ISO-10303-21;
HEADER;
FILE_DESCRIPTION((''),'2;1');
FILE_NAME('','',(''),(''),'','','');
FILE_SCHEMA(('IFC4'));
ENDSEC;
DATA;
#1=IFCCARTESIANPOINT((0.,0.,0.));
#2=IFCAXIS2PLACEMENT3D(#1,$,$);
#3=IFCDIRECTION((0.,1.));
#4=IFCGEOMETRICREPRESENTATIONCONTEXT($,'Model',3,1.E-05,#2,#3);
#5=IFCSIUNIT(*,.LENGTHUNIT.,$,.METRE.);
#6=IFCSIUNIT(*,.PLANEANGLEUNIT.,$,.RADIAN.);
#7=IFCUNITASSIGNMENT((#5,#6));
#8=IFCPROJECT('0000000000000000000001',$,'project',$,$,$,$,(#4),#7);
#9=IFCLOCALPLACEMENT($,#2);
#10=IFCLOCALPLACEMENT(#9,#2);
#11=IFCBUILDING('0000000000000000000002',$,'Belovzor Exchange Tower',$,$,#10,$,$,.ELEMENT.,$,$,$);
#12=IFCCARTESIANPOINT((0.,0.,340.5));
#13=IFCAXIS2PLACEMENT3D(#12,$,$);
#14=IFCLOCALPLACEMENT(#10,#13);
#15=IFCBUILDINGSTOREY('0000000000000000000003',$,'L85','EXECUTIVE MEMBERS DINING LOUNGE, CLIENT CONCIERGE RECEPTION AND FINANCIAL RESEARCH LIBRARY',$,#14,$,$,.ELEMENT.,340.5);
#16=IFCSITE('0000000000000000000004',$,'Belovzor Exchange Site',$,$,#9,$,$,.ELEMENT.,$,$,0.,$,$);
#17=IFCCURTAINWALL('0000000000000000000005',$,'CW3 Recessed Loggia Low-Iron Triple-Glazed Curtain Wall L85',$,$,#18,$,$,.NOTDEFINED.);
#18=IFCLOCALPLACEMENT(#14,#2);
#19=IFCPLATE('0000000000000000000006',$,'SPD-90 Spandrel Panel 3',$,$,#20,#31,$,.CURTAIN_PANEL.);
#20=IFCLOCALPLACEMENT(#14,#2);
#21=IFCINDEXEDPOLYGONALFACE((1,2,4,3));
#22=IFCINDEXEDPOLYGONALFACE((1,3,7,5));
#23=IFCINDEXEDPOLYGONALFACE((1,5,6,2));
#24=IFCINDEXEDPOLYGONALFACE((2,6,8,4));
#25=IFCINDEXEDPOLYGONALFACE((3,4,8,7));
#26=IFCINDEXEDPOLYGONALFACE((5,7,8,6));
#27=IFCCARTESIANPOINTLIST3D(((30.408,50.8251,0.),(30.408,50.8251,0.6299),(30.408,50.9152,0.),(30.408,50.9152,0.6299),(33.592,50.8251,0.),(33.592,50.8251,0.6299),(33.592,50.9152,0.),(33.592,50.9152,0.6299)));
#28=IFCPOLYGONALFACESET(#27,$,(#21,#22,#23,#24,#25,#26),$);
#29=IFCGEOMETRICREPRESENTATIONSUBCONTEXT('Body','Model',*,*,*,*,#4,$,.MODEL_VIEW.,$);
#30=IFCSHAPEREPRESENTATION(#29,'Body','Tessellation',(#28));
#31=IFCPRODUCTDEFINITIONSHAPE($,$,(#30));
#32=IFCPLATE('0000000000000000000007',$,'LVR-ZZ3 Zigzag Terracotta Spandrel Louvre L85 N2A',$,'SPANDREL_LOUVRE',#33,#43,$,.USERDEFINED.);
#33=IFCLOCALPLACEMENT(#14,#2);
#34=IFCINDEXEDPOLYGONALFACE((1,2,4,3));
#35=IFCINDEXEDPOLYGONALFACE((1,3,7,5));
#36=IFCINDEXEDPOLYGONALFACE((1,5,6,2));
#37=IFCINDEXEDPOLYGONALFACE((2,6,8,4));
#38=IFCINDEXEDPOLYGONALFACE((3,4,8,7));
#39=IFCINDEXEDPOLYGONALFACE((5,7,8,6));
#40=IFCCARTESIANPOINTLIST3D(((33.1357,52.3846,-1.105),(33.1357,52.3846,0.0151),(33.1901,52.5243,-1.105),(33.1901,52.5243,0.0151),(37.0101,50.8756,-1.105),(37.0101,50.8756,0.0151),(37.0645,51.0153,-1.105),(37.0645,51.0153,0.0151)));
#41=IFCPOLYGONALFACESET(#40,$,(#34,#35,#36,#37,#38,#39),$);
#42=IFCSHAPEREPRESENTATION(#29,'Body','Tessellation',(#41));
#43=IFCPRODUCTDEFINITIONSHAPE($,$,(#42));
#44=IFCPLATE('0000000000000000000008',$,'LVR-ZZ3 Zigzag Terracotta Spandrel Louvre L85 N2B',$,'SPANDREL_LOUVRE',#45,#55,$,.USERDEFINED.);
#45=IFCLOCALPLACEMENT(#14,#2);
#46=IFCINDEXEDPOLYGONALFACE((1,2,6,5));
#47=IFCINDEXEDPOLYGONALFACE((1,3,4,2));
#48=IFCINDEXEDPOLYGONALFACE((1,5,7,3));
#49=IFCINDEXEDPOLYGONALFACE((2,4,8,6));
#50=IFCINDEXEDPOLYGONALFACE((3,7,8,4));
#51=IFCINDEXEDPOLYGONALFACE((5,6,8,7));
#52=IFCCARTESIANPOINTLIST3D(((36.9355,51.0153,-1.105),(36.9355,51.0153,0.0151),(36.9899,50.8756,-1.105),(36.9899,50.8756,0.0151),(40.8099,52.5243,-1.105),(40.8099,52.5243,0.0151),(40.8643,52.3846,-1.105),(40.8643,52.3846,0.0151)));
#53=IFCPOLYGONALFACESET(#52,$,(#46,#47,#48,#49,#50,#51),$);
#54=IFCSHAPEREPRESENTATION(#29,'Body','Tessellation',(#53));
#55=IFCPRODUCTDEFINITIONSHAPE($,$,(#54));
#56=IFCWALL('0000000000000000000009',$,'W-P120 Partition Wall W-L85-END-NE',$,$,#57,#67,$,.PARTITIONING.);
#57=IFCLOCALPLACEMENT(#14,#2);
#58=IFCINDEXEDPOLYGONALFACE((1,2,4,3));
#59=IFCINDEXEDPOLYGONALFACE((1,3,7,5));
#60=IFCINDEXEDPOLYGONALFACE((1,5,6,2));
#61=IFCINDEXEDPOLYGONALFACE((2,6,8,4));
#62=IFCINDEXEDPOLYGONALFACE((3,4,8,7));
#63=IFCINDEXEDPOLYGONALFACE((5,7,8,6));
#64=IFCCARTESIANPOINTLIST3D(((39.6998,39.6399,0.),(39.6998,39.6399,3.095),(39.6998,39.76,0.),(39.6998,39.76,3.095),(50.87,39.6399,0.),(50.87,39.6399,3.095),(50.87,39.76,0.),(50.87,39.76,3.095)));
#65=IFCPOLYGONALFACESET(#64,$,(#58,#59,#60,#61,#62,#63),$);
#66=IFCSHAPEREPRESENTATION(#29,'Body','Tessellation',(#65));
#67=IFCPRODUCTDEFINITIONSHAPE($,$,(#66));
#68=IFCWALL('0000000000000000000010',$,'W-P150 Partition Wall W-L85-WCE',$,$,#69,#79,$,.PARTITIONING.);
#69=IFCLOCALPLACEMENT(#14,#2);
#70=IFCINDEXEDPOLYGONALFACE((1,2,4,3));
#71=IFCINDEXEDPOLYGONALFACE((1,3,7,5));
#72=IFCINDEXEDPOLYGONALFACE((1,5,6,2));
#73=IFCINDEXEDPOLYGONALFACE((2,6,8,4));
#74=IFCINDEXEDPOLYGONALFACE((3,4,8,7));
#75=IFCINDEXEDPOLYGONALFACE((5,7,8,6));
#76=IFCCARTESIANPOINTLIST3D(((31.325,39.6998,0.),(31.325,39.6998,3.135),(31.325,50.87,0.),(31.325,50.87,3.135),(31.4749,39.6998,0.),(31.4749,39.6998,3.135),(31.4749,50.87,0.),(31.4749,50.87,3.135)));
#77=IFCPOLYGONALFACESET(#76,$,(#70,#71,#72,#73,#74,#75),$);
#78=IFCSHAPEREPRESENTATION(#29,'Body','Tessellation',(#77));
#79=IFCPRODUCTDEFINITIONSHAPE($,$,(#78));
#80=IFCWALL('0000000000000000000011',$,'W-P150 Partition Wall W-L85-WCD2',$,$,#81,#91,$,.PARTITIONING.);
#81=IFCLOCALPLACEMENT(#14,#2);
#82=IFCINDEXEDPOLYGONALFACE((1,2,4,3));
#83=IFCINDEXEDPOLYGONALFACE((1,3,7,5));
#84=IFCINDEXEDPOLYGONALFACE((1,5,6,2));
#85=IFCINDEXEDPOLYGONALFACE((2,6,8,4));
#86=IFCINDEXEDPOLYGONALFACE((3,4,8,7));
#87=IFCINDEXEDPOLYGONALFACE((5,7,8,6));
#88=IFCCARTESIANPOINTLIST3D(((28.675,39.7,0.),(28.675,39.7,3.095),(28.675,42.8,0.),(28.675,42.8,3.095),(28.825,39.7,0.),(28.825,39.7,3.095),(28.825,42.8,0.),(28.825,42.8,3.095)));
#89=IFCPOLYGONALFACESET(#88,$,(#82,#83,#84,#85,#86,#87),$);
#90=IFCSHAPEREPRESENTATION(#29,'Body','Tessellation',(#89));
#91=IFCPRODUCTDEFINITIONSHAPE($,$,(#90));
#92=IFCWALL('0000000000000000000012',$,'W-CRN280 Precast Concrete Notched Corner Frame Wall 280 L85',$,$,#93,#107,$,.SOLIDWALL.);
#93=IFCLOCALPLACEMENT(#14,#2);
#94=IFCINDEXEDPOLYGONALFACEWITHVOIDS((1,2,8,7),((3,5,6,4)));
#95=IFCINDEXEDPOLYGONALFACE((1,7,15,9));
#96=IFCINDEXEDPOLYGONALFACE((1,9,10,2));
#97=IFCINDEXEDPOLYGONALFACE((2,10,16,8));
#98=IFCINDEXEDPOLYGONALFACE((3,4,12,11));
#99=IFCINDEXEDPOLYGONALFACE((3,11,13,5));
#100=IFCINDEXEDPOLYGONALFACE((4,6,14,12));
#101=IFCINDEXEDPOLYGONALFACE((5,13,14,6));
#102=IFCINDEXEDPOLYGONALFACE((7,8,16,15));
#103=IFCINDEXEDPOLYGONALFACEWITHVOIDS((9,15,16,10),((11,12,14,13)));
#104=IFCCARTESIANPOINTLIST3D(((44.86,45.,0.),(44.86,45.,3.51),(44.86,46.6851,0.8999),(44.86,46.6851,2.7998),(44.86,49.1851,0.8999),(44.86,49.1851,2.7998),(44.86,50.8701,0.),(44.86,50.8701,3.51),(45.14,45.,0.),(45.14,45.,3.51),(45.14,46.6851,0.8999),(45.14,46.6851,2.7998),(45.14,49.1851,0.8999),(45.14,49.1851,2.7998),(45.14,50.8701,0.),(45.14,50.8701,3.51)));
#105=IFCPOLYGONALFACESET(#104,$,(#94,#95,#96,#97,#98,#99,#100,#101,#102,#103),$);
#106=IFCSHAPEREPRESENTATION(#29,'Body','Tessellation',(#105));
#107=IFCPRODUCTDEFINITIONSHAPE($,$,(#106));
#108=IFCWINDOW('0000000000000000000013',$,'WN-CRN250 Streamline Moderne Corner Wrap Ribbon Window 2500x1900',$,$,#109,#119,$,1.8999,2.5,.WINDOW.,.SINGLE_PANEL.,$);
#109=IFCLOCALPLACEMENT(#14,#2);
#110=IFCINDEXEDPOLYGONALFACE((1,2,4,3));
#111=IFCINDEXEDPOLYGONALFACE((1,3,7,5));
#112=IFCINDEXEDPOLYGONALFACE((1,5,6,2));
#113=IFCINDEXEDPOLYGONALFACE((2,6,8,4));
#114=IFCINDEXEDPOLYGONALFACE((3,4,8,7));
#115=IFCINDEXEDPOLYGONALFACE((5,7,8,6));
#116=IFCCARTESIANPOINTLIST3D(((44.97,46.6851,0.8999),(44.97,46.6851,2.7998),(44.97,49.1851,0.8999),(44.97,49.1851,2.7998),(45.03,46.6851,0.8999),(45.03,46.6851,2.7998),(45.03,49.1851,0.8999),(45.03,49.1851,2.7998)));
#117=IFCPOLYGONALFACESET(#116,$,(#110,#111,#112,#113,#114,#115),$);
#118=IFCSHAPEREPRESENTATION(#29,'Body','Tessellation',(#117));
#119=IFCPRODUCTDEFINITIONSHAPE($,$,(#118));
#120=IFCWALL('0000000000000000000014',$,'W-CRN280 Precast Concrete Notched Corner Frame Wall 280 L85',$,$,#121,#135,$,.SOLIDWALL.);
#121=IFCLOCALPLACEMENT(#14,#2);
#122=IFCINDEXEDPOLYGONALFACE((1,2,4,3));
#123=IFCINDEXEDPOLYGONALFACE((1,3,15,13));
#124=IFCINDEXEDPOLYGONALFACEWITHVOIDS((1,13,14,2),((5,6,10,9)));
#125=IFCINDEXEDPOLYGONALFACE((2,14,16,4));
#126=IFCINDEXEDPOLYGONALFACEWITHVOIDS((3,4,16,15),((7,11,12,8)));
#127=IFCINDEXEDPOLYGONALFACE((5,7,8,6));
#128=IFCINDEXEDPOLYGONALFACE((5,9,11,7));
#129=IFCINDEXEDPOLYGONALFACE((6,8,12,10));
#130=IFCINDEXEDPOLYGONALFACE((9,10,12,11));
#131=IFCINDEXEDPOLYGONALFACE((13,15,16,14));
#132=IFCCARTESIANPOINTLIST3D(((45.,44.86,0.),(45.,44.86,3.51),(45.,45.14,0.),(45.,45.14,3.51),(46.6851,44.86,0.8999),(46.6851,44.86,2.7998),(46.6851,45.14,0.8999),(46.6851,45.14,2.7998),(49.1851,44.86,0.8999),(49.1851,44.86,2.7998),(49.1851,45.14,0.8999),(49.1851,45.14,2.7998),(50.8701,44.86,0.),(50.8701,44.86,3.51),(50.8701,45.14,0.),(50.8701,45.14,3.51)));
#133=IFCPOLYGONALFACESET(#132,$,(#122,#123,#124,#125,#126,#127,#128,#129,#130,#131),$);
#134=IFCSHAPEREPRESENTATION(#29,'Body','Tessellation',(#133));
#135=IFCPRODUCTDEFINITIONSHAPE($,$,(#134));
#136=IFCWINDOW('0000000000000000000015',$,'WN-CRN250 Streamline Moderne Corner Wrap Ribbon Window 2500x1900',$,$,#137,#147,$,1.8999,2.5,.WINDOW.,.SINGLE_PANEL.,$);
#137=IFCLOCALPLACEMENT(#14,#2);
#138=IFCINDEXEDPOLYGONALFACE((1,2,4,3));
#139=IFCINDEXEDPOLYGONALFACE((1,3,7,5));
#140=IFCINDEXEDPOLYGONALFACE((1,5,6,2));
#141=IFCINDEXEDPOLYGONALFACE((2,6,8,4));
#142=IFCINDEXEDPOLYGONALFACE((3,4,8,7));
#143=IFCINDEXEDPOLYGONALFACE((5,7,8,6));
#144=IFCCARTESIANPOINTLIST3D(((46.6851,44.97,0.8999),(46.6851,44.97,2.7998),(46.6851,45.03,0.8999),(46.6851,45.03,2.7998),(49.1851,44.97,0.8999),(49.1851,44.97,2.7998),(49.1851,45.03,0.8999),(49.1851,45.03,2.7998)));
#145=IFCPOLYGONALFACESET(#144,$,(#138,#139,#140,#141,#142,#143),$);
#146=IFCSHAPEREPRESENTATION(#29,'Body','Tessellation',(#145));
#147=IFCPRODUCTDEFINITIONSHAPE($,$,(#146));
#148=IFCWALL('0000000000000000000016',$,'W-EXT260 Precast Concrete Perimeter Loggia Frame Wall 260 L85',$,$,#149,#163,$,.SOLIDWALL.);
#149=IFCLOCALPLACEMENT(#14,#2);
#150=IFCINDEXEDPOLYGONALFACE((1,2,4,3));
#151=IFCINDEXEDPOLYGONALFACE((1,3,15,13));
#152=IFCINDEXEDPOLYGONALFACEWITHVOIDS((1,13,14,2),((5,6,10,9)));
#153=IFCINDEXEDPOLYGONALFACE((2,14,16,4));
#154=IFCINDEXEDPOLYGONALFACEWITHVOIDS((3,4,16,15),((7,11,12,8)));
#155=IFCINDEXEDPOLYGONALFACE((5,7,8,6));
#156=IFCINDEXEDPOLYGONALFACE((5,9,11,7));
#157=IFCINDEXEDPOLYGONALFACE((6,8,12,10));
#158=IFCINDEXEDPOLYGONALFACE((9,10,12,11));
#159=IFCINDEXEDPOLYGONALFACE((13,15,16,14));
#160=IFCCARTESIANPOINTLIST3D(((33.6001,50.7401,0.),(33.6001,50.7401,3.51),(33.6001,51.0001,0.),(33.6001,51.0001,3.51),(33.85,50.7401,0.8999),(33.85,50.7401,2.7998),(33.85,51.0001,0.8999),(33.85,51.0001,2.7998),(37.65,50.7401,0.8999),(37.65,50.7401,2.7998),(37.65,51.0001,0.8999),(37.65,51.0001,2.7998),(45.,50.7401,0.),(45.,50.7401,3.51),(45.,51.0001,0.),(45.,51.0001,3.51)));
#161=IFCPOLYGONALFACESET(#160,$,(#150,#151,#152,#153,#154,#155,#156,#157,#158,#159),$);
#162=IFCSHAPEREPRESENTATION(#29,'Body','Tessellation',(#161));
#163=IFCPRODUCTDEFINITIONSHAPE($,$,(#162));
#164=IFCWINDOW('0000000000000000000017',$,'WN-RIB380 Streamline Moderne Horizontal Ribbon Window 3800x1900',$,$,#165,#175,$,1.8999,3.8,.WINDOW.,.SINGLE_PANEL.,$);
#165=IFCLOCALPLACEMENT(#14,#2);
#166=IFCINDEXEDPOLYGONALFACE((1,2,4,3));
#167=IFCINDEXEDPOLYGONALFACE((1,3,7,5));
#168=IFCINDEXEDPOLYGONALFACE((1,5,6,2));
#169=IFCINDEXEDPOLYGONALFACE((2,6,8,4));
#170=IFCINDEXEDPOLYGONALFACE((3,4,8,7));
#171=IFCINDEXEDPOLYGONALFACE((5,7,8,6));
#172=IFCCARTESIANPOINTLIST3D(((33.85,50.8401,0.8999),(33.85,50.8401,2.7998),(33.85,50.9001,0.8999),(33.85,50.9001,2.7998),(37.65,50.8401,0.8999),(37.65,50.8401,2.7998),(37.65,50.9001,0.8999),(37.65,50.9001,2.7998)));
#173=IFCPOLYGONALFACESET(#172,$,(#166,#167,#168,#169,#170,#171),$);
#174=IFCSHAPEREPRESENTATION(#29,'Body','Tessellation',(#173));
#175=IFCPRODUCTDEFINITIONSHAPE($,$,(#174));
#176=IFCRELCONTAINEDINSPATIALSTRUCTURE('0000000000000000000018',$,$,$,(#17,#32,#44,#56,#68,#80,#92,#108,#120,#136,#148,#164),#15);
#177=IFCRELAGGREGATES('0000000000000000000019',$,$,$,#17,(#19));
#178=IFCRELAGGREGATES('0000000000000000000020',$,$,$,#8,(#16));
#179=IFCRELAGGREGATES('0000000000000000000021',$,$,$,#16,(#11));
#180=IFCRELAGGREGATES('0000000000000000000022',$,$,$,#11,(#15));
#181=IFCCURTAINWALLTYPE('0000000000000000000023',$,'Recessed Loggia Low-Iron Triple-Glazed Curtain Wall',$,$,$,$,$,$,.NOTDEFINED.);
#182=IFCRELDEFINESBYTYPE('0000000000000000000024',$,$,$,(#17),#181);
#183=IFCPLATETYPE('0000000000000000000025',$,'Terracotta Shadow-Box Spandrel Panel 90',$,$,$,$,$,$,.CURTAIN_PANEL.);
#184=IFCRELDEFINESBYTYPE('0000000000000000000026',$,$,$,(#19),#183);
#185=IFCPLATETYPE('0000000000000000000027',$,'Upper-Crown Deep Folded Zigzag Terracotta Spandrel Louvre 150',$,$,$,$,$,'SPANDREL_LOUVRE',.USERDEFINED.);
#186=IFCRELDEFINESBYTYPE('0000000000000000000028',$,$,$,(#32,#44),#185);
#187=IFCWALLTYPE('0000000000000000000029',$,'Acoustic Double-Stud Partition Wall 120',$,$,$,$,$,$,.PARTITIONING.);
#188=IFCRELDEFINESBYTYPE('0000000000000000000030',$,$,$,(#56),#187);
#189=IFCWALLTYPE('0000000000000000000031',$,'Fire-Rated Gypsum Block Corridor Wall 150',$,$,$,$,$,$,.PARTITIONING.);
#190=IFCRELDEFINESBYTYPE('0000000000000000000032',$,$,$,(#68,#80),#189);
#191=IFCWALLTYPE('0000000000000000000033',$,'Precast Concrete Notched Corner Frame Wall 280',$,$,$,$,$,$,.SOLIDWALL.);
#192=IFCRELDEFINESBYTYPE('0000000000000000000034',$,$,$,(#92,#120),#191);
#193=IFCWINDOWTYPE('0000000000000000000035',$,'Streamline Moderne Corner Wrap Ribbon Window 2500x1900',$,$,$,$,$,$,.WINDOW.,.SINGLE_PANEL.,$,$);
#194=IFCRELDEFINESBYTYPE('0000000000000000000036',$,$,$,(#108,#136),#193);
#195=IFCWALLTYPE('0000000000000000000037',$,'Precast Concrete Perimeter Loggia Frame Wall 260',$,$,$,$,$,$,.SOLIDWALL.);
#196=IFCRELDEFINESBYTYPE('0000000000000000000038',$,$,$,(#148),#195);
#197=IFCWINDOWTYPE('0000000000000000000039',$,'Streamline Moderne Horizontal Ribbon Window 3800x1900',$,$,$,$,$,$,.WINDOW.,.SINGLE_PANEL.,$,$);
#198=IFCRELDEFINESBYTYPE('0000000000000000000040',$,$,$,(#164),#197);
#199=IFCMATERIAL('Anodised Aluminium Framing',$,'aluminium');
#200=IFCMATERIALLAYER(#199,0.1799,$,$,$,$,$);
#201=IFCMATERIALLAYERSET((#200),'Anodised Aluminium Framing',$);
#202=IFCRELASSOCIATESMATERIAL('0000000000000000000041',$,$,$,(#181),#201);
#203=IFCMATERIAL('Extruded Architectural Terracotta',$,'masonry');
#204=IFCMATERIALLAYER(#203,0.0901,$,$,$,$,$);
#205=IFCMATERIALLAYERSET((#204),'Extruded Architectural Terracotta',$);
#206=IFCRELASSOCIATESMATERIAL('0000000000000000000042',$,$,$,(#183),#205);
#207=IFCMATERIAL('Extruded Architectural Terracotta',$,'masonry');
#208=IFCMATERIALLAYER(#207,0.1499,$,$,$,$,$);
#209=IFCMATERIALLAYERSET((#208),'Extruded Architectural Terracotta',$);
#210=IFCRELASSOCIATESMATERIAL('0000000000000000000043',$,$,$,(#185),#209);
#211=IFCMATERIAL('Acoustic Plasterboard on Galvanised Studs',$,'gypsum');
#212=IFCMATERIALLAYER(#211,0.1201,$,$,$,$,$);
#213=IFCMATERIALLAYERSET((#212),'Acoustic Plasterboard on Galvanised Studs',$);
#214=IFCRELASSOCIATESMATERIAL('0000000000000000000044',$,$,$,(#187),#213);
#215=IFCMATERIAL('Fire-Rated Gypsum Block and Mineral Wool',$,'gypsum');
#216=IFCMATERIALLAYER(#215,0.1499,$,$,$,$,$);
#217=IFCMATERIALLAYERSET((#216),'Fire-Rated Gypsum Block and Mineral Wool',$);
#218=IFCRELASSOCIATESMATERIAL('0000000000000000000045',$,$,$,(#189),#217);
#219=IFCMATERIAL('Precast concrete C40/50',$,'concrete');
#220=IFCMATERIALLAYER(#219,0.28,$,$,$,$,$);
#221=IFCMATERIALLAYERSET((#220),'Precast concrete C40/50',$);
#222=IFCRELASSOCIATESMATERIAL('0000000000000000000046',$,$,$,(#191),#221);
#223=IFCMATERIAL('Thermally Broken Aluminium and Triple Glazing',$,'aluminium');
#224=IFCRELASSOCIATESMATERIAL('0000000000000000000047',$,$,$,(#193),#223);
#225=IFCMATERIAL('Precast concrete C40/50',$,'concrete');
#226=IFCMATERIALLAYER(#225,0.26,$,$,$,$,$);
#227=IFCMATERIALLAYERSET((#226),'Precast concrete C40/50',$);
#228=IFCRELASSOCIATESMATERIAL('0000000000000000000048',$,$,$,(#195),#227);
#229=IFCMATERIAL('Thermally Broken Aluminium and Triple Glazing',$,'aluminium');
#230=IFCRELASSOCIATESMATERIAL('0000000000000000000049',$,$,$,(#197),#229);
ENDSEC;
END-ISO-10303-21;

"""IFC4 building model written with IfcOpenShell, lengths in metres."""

from ifc_helpers import new_model, si_unit, direction, frame, frame_2d, origin, origin_2d, place, context, subcontext, project, spatial, rectangle, extrude, material, layer, layer_set, type_object, element, fill, aggregate, save


model = new_model("IFC4")

# Units and contexts
model_context = context("Model", 3, precision=1e-05, world=origin(), true_north=direction((0.0, 1.0)))
body_context = subcontext(model_context, "Body", "Model", "MODEL_VIEW")
ifc_project = project(units=[si_unit("LENGTHUNIT", "METRE"), si_unit("PLANEANGLEUNIT", "RADIAN")], contexts=[model_context])

# Site, building, storey
site_placement = place(None, origin())
site = spatial("IfcSite", under=ifc_project, at=site_placement, Name="Belovzor Exchange Site", CompositionType="ELEMENT", RefElevation=0.0)
building_placement = place(site_placement, origin())
building = spatial("IfcBuilding", under=site, at=building_placement, Name="Belovzor Exchange Tower", CompositionType="ELEMENT")
storey_placement = place(building_placement, frame((0.0, 0.0, 340.5)))
storey = spatial("IfcBuildingStorey", under=building, at=storey_placement, Name="L85", Description="EXECUTIVE MEMBERS DINING LOUNGE, CLIENT CONCIERGE RECEPTION AND FINANCIAL RESEARCH LIBRARY", CompositionType="ELEMENT", Elevation=340.5)

# Curtain wall
ifc_material_1 = material(Name="Anodised Aluminium Framing", Category="aluminium")
ifc_layer_1 = layer(ifc_material_1, 0.1799)
ifc_layer_set_1 = layer_set([ifc_layer_1], Name="Anodised Aluminium Framing")
curtain_wall_type = type_object("IfcCurtainWallType", Name="Recessed Loggia Low-Iron Triple-Glazed Curtain Wall", PredefinedType="NOTDEFINED", material=ifc_layer_set_1)
curtain_wall_placement = place(storey_placement, origin())
curtain_wall = element("IfcCurtainWall", 1, at=curtain_wall_placement, inside=storey, type_object=curtain_wall_type, Name="CW3 Recessed Loggia Low-Iron Triple-Glazed Curtain Wall L85", PredefinedType="NOTDEFINED")

# Plate
ifc_material_2 = material(Name="Extruded Architectural Terracotta", Category="masonry")
ifc_layer_2 = layer(ifc_material_2, 0.0901)
ifc_layer_set_2 = layer_set([ifc_layer_2], Name="Extruded Architectural Terracotta")
plate_type_1 = type_object("IfcPlateType", Name="Terracotta Shadow-Box Spandrel Panel 90", PredefinedType="CURTAIN_PANEL", material=ifc_layer_set_2)
plate_1_placement = place(storey_placement, frame((32.0, 50.8701, 0.0), z_axis=(0.0, 0.0, 1.0), x_axis=(1.0, 0.0, 0.0)))
plate_1 = element("IfcPlate", 2, at=plate_1_placement, type_object=plate_type_1, Name="SPD-90 Spandrel Panel 3", PredefinedType="CURTAIN_PANEL", context=body_context, shape_type="SweptSolid", body=[
    extrude(rectangle(XDim=3.1841, YDim=0.0901, at=origin_2d()), origin(), (0.0, 0.0, 1.0), 0.6299),
])
aggregate(curtain_wall, [plate_1])

# Plates
ifc_material_3 = material(Name="Extruded Architectural Terracotta", Category="masonry")
ifc_layer_3 = layer(ifc_material_3, 0.1499)
ifc_layer_set_3 = layer_set([ifc_layer_3], Name="Extruded Architectural Terracotta")
plate_type_2 = type_object("IfcPlateType", Name="Upper-Crown Deep Folded Zigzag Terracotta Spandrel Louvre 150", ElementType="SPANDREL_LOUVRE", PredefinedType="USERDEFINED", material=ifc_layer_set_3)
for number, where, z_axis, x_axis, name in (
    (3, (35.1001, 51.7, -1.105), (0.0, 0.0, 1.0), (0.931818, -0.362926, 0.0), "LVR-ZZ3 Zigzag Terracotta Spandrel Louvre L85 N2A"),
    (4, (38.8999, 51.7, -1.105), (0.0, 0.0, 1.0), (0.931818, 0.362926, 0.0), "LVR-ZZ3 Zigzag Terracotta Spandrel Louvre L85 N2B"),
):
    element("IfcPlate", number, at=place(storey_placement, frame(where, z_axis=z_axis, x_axis=x_axis)), inside=storey, type_object=plate_type_2, Name=name, ObjectType="SPANDREL_LOUVRE", PredefinedType="USERDEFINED", context=body_context, shape_type="SweptSolid", body=[
        extrude(rectangle(XDim=4.158, YDim=0.1499, at=origin_2d()), origin(), (0.0, 0.0, 1.0), 1.1201),
    ])

# Walls
ifc_material_4 = material(Name="Acoustic Plasterboard on Galvanised Studs", Category="gypsum")
ifc_layer_4 = layer(ifc_material_4, 0.1201)
ifc_layer_set_4 = layer_set([ifc_layer_4], Name="Acoustic Plasterboard on Galvanised Studs")
wall_type_1 = type_object("IfcWallType", Name="Acoustic Double-Stud Partition Wall 120", PredefinedType="PARTITIONING", material=ifc_layer_set_4)
wall_1_placement = place(storey_placement, frame((39.7, 39.7, 0.0), z_axis=(0.0, 0.0, 1.0), x_axis=(1.0, 0.0, 0.0)))
element("IfcWall", 5, at=wall_1_placement, inside=storey, type_object=wall_type_1, Name="W-P120 Partition Wall W-L85-END-NE", PredefinedType="PARTITIONING", context=body_context, shape_type="SweptSolid", body=[
    extrude(rectangle(XDim=11.1702, YDim=0.1201, at=frame_2d((5.585, 0.0))), origin(), (0.0, 0.0, 1.0), 3.095),
])
ifc_material_5 = material(Name="Fire-Rated Gypsum Block and Mineral Wool", Category="gypsum")
ifc_layer_5 = layer(ifc_material_5, 0.1499)
ifc_layer_set_5 = layer_set([ifc_layer_5], Name="Fire-Rated Gypsum Block and Mineral Wool")
wall_type_2 = type_object("IfcWallType", Name="Fire-Rated Gypsum Block Corridor Wall 150", PredefinedType="PARTITIONING", material=ifc_layer_set_5)
wall_2_placement = place(storey_placement, frame((31.3999, 39.7, 0.0), z_axis=(0.0, 0.0, 1.0), x_axis=(0.0, 1.0, 0.0)))
element("IfcWall", 6, at=wall_2_placement, inside=storey, type_object=wall_type_2, Name="W-P150 Partition Wall W-L85-WCE", PredefinedType="PARTITIONING", context=body_context, shape_type="SweptSolid", body=[
    extrude(rectangle(XDim=11.1702, YDim=0.1499, at=frame_2d((5.585, 0.0))), origin(), (0.0, 0.0, 1.0), 3.135),
])
wall_3_placement = place(storey_placement, frame((28.75, 39.7, 0.0), z_axis=(0.0, 0.0, 1.0), x_axis=(0.0, 1.0, 0.0)))
element("IfcWall", 7, at=wall_3_placement, inside=storey, type_object=wall_type_2, Name="W-P150 Partition Wall W-L85-WCD2", PredefinedType="PARTITIONING", context=body_context, shape_type="SweptSolid", body=[
    extrude(rectangle(XDim=3.1001, YDim=0.1499, at=frame_2d((1.55, 0.0))), origin(), (0.0, 0.0, 1.0), 3.095),
])

# Walls, openings, windows
ifc_material_6 = material(Name="Precast concrete C40/50", Category="concrete")
ifc_layer_6 = layer(ifc_material_6, 0.28)
ifc_layer_set_6 = layer_set([ifc_layer_6], Name="Precast concrete C40/50")
wall_type_3 = type_object("IfcWallType", Name="Precast Concrete Notched Corner Frame Wall 280", PredefinedType="SOLIDWALL", material=ifc_layer_set_6)
wall_4_placement = place(storey_placement, frame((45.0, 50.8701, 0.0), z_axis=(0.0, 0.0, 1.0), x_axis=(0.0, -1.0, 0.0)))
wall_4 = element("IfcWall", 8, at=wall_4_placement, inside=storey, type_object=wall_type_3, Name="W-CRN280 Precast Concrete Notched Corner Frame Wall 280 L85", PredefinedType="SOLIDWALL", context=body_context, shape_type="SweptSolid", body=[
    extrude(rectangle(XDim=5.8701, YDim=0.28, at=frame_2d((2.9351, 0.0))), origin(), (0.0, 0.0, 1.0), 3.51),
])
opening_1_placement = place(wall_4_placement, frame((1.6851, 0.0, 0.8999)))
opening_1 = element("IfcOpeningElement", 9, at=opening_1_placement, cuts=wall_4, PredefinedType="OPENING", context=body_context, shape_type="SweptSolid", body=[
    extrude(rectangle(XDim=2.5, YDim=1.8999, at=frame_2d((1.25, 0.95))), frame((0.0, 0.1499, 0.0), z_axis=(0.0, -1.0, 0.0), x_axis=(1.0, 0.0, 0.0)), (0.0, 0.0, 1.0), 0.3),
])
ifc_material_7 = material(Name="Thermally Broken Aluminium and Triple Glazing", Category="aluminium")
window_type_1 = type_object("IfcWindowType", Name="Streamline Moderne Corner Wrap Ribbon Window 2500x1900", PartitioningType="SINGLE_PANEL", PredefinedType="WINDOW", material=ifc_material_7)
window_1_placement = place(opening_1_placement, origin())
window_1 = element("IfcWindow", 10, at=window_1_placement, inside=storey, type_object=window_type_1, Name="WN-CRN250 Streamline Moderne Corner Wrap Ribbon Window 2500x1900", OverallHeight=1.8999, OverallWidth=2.5, PartitioningType="SINGLE_PANEL", PredefinedType="WINDOW", context=body_context, shape_type="SweptSolid", body=[
    extrude(rectangle(XDim=2.5, YDim=1.8999, at=frame_2d((1.25, 0.95))), frame((0.0, 0.03, 0.0), z_axis=(0.0, -1.0, 0.0), x_axis=(1.0, 0.0, 0.0)), (0.0, 0.0, 1.0), 0.0601),
])
fill(opening_1, window_1)
wall_5_placement = place(storey_placement, frame((45.0, 45.0, 0.0), z_axis=(0.0, 0.0, 1.0), x_axis=(1.0, 0.0, 0.0)))
wall_5 = element("IfcWall", 11, at=wall_5_placement, inside=storey, type_object=wall_type_3, Name="W-CRN280 Precast Concrete Notched Corner Frame Wall 280 L85", PredefinedType="SOLIDWALL", context=body_context, shape_type="SweptSolid", body=[
    extrude(rectangle(XDim=5.8701, YDim=0.28, at=frame_2d((2.9351, 0.0))), origin(), (0.0, 0.0, 1.0), 3.51),
])
opening_2_placement = place(wall_5_placement, frame((1.6851, 0.0, 0.8999)))
opening_2 = element("IfcOpeningElement", 12, at=opening_2_placement, cuts=wall_5, PredefinedType="OPENING", context=body_context, shape_type="SweptSolid", body=[
    extrude(rectangle(XDim=2.5, YDim=1.8999, at=frame_2d((1.25, 0.95))), frame((0.0, 0.1499, 0.0), z_axis=(0.0, -1.0, 0.0), x_axis=(1.0, 0.0, 0.0)), (0.0, 0.0, 1.0), 0.3),
])
window_2_placement = place(opening_2_placement, origin())
window_2 = element("IfcWindow", 13, at=window_2_placement, inside=storey, type_object=window_type_1, Name="WN-CRN250 Streamline Moderne Corner Wrap Ribbon Window 2500x1900", OverallHeight=1.8999, OverallWidth=2.5, PartitioningType="SINGLE_PANEL", PredefinedType="WINDOW", context=body_context, shape_type="SweptSolid", body=[
    extrude(rectangle(XDim=2.5, YDim=1.8999, at=frame_2d((1.25, 0.95))), frame((0.0, 0.03, 0.0), z_axis=(0.0, -1.0, 0.0), x_axis=(1.0, 0.0, 0.0)), (0.0, 0.0, 1.0), 0.0601),
])
fill(opening_2, window_2)
ifc_material_8 = material(Name="Precast concrete C40/50", Category="concrete")
ifc_layer_7 = layer(ifc_material_8, 0.26)
ifc_layer_set_7 = layer_set([ifc_layer_7], Name="Precast concrete C40/50")
wall_type_4 = type_object("IfcWallType", Name="Precast Concrete Perimeter Loggia Frame Wall 260", PredefinedType="SOLIDWALL", material=ifc_layer_set_7)
wall_6_placement = place(storey_placement, frame((33.6001, 50.8701, 0.0), z_axis=(0.0, 0.0, 1.0), x_axis=(1.0, 0.0, 0.0)))
wall_6 = element("IfcWall", 14, at=wall_6_placement, inside=storey, type_object=wall_type_4, Name="W-EXT260 Precast Concrete Perimeter Loggia Frame Wall 260 L85", PredefinedType="SOLIDWALL", context=body_context, shape_type="SweptSolid", body=[
    extrude(rectangle(XDim=11.3999, YDim=0.26, at=frame_2d((5.7, 0.0))), origin(), (0.0, 0.0, 1.0), 3.51),
])
opening_3_placement = place(wall_6_placement, frame((0.25, 0.0, 0.8999)))
opening_3 = element("IfcOpeningElement", 15, at=opening_3_placement, cuts=wall_6, PredefinedType="OPENING", context=body_context, shape_type="SweptSolid", body=[
    extrude(rectangle(XDim=3.8, YDim=1.8999, at=frame_2d((1.8999, 0.95))), frame((0.0, 0.1399, 0.0), z_axis=(0.0, -1.0, 0.0), x_axis=(1.0, 0.0, 0.0)), (0.0, 0.0, 1.0), 0.28),
])
ifc_material_9 = material(Name="Thermally Broken Aluminium and Triple Glazing", Category="aluminium")
window_type_2 = type_object("IfcWindowType", Name="Streamline Moderne Horizontal Ribbon Window 3800x1900", PartitioningType="SINGLE_PANEL", PredefinedType="WINDOW", material=ifc_material_9)
window_3_placement = place(opening_3_placement, origin())
window_3 = element("IfcWindow", 16, at=window_3_placement, inside=storey, type_object=window_type_2, Name="WN-RIB380 Streamline Moderne Horizontal Ribbon Window 3800x1900", OverallHeight=1.8999, OverallWidth=3.8, PartitioningType="SINGLE_PANEL", PredefinedType="WINDOW", context=body_context, shape_type="SweptSolid", body=[
    extrude(rectangle(XDim=3.8, YDim=1.8999, at=frame_2d((1.8999, 0.95))), frame((0.0, 0.03, 0.0), z_axis=(0.0, -1.0, 0.0), x_axis=(1.0, 0.0, 0.0)), (0.0, 0.0, 1.0), 0.0601),
])
fill(opening_3, window_3)

save(model, "model.ifc")
